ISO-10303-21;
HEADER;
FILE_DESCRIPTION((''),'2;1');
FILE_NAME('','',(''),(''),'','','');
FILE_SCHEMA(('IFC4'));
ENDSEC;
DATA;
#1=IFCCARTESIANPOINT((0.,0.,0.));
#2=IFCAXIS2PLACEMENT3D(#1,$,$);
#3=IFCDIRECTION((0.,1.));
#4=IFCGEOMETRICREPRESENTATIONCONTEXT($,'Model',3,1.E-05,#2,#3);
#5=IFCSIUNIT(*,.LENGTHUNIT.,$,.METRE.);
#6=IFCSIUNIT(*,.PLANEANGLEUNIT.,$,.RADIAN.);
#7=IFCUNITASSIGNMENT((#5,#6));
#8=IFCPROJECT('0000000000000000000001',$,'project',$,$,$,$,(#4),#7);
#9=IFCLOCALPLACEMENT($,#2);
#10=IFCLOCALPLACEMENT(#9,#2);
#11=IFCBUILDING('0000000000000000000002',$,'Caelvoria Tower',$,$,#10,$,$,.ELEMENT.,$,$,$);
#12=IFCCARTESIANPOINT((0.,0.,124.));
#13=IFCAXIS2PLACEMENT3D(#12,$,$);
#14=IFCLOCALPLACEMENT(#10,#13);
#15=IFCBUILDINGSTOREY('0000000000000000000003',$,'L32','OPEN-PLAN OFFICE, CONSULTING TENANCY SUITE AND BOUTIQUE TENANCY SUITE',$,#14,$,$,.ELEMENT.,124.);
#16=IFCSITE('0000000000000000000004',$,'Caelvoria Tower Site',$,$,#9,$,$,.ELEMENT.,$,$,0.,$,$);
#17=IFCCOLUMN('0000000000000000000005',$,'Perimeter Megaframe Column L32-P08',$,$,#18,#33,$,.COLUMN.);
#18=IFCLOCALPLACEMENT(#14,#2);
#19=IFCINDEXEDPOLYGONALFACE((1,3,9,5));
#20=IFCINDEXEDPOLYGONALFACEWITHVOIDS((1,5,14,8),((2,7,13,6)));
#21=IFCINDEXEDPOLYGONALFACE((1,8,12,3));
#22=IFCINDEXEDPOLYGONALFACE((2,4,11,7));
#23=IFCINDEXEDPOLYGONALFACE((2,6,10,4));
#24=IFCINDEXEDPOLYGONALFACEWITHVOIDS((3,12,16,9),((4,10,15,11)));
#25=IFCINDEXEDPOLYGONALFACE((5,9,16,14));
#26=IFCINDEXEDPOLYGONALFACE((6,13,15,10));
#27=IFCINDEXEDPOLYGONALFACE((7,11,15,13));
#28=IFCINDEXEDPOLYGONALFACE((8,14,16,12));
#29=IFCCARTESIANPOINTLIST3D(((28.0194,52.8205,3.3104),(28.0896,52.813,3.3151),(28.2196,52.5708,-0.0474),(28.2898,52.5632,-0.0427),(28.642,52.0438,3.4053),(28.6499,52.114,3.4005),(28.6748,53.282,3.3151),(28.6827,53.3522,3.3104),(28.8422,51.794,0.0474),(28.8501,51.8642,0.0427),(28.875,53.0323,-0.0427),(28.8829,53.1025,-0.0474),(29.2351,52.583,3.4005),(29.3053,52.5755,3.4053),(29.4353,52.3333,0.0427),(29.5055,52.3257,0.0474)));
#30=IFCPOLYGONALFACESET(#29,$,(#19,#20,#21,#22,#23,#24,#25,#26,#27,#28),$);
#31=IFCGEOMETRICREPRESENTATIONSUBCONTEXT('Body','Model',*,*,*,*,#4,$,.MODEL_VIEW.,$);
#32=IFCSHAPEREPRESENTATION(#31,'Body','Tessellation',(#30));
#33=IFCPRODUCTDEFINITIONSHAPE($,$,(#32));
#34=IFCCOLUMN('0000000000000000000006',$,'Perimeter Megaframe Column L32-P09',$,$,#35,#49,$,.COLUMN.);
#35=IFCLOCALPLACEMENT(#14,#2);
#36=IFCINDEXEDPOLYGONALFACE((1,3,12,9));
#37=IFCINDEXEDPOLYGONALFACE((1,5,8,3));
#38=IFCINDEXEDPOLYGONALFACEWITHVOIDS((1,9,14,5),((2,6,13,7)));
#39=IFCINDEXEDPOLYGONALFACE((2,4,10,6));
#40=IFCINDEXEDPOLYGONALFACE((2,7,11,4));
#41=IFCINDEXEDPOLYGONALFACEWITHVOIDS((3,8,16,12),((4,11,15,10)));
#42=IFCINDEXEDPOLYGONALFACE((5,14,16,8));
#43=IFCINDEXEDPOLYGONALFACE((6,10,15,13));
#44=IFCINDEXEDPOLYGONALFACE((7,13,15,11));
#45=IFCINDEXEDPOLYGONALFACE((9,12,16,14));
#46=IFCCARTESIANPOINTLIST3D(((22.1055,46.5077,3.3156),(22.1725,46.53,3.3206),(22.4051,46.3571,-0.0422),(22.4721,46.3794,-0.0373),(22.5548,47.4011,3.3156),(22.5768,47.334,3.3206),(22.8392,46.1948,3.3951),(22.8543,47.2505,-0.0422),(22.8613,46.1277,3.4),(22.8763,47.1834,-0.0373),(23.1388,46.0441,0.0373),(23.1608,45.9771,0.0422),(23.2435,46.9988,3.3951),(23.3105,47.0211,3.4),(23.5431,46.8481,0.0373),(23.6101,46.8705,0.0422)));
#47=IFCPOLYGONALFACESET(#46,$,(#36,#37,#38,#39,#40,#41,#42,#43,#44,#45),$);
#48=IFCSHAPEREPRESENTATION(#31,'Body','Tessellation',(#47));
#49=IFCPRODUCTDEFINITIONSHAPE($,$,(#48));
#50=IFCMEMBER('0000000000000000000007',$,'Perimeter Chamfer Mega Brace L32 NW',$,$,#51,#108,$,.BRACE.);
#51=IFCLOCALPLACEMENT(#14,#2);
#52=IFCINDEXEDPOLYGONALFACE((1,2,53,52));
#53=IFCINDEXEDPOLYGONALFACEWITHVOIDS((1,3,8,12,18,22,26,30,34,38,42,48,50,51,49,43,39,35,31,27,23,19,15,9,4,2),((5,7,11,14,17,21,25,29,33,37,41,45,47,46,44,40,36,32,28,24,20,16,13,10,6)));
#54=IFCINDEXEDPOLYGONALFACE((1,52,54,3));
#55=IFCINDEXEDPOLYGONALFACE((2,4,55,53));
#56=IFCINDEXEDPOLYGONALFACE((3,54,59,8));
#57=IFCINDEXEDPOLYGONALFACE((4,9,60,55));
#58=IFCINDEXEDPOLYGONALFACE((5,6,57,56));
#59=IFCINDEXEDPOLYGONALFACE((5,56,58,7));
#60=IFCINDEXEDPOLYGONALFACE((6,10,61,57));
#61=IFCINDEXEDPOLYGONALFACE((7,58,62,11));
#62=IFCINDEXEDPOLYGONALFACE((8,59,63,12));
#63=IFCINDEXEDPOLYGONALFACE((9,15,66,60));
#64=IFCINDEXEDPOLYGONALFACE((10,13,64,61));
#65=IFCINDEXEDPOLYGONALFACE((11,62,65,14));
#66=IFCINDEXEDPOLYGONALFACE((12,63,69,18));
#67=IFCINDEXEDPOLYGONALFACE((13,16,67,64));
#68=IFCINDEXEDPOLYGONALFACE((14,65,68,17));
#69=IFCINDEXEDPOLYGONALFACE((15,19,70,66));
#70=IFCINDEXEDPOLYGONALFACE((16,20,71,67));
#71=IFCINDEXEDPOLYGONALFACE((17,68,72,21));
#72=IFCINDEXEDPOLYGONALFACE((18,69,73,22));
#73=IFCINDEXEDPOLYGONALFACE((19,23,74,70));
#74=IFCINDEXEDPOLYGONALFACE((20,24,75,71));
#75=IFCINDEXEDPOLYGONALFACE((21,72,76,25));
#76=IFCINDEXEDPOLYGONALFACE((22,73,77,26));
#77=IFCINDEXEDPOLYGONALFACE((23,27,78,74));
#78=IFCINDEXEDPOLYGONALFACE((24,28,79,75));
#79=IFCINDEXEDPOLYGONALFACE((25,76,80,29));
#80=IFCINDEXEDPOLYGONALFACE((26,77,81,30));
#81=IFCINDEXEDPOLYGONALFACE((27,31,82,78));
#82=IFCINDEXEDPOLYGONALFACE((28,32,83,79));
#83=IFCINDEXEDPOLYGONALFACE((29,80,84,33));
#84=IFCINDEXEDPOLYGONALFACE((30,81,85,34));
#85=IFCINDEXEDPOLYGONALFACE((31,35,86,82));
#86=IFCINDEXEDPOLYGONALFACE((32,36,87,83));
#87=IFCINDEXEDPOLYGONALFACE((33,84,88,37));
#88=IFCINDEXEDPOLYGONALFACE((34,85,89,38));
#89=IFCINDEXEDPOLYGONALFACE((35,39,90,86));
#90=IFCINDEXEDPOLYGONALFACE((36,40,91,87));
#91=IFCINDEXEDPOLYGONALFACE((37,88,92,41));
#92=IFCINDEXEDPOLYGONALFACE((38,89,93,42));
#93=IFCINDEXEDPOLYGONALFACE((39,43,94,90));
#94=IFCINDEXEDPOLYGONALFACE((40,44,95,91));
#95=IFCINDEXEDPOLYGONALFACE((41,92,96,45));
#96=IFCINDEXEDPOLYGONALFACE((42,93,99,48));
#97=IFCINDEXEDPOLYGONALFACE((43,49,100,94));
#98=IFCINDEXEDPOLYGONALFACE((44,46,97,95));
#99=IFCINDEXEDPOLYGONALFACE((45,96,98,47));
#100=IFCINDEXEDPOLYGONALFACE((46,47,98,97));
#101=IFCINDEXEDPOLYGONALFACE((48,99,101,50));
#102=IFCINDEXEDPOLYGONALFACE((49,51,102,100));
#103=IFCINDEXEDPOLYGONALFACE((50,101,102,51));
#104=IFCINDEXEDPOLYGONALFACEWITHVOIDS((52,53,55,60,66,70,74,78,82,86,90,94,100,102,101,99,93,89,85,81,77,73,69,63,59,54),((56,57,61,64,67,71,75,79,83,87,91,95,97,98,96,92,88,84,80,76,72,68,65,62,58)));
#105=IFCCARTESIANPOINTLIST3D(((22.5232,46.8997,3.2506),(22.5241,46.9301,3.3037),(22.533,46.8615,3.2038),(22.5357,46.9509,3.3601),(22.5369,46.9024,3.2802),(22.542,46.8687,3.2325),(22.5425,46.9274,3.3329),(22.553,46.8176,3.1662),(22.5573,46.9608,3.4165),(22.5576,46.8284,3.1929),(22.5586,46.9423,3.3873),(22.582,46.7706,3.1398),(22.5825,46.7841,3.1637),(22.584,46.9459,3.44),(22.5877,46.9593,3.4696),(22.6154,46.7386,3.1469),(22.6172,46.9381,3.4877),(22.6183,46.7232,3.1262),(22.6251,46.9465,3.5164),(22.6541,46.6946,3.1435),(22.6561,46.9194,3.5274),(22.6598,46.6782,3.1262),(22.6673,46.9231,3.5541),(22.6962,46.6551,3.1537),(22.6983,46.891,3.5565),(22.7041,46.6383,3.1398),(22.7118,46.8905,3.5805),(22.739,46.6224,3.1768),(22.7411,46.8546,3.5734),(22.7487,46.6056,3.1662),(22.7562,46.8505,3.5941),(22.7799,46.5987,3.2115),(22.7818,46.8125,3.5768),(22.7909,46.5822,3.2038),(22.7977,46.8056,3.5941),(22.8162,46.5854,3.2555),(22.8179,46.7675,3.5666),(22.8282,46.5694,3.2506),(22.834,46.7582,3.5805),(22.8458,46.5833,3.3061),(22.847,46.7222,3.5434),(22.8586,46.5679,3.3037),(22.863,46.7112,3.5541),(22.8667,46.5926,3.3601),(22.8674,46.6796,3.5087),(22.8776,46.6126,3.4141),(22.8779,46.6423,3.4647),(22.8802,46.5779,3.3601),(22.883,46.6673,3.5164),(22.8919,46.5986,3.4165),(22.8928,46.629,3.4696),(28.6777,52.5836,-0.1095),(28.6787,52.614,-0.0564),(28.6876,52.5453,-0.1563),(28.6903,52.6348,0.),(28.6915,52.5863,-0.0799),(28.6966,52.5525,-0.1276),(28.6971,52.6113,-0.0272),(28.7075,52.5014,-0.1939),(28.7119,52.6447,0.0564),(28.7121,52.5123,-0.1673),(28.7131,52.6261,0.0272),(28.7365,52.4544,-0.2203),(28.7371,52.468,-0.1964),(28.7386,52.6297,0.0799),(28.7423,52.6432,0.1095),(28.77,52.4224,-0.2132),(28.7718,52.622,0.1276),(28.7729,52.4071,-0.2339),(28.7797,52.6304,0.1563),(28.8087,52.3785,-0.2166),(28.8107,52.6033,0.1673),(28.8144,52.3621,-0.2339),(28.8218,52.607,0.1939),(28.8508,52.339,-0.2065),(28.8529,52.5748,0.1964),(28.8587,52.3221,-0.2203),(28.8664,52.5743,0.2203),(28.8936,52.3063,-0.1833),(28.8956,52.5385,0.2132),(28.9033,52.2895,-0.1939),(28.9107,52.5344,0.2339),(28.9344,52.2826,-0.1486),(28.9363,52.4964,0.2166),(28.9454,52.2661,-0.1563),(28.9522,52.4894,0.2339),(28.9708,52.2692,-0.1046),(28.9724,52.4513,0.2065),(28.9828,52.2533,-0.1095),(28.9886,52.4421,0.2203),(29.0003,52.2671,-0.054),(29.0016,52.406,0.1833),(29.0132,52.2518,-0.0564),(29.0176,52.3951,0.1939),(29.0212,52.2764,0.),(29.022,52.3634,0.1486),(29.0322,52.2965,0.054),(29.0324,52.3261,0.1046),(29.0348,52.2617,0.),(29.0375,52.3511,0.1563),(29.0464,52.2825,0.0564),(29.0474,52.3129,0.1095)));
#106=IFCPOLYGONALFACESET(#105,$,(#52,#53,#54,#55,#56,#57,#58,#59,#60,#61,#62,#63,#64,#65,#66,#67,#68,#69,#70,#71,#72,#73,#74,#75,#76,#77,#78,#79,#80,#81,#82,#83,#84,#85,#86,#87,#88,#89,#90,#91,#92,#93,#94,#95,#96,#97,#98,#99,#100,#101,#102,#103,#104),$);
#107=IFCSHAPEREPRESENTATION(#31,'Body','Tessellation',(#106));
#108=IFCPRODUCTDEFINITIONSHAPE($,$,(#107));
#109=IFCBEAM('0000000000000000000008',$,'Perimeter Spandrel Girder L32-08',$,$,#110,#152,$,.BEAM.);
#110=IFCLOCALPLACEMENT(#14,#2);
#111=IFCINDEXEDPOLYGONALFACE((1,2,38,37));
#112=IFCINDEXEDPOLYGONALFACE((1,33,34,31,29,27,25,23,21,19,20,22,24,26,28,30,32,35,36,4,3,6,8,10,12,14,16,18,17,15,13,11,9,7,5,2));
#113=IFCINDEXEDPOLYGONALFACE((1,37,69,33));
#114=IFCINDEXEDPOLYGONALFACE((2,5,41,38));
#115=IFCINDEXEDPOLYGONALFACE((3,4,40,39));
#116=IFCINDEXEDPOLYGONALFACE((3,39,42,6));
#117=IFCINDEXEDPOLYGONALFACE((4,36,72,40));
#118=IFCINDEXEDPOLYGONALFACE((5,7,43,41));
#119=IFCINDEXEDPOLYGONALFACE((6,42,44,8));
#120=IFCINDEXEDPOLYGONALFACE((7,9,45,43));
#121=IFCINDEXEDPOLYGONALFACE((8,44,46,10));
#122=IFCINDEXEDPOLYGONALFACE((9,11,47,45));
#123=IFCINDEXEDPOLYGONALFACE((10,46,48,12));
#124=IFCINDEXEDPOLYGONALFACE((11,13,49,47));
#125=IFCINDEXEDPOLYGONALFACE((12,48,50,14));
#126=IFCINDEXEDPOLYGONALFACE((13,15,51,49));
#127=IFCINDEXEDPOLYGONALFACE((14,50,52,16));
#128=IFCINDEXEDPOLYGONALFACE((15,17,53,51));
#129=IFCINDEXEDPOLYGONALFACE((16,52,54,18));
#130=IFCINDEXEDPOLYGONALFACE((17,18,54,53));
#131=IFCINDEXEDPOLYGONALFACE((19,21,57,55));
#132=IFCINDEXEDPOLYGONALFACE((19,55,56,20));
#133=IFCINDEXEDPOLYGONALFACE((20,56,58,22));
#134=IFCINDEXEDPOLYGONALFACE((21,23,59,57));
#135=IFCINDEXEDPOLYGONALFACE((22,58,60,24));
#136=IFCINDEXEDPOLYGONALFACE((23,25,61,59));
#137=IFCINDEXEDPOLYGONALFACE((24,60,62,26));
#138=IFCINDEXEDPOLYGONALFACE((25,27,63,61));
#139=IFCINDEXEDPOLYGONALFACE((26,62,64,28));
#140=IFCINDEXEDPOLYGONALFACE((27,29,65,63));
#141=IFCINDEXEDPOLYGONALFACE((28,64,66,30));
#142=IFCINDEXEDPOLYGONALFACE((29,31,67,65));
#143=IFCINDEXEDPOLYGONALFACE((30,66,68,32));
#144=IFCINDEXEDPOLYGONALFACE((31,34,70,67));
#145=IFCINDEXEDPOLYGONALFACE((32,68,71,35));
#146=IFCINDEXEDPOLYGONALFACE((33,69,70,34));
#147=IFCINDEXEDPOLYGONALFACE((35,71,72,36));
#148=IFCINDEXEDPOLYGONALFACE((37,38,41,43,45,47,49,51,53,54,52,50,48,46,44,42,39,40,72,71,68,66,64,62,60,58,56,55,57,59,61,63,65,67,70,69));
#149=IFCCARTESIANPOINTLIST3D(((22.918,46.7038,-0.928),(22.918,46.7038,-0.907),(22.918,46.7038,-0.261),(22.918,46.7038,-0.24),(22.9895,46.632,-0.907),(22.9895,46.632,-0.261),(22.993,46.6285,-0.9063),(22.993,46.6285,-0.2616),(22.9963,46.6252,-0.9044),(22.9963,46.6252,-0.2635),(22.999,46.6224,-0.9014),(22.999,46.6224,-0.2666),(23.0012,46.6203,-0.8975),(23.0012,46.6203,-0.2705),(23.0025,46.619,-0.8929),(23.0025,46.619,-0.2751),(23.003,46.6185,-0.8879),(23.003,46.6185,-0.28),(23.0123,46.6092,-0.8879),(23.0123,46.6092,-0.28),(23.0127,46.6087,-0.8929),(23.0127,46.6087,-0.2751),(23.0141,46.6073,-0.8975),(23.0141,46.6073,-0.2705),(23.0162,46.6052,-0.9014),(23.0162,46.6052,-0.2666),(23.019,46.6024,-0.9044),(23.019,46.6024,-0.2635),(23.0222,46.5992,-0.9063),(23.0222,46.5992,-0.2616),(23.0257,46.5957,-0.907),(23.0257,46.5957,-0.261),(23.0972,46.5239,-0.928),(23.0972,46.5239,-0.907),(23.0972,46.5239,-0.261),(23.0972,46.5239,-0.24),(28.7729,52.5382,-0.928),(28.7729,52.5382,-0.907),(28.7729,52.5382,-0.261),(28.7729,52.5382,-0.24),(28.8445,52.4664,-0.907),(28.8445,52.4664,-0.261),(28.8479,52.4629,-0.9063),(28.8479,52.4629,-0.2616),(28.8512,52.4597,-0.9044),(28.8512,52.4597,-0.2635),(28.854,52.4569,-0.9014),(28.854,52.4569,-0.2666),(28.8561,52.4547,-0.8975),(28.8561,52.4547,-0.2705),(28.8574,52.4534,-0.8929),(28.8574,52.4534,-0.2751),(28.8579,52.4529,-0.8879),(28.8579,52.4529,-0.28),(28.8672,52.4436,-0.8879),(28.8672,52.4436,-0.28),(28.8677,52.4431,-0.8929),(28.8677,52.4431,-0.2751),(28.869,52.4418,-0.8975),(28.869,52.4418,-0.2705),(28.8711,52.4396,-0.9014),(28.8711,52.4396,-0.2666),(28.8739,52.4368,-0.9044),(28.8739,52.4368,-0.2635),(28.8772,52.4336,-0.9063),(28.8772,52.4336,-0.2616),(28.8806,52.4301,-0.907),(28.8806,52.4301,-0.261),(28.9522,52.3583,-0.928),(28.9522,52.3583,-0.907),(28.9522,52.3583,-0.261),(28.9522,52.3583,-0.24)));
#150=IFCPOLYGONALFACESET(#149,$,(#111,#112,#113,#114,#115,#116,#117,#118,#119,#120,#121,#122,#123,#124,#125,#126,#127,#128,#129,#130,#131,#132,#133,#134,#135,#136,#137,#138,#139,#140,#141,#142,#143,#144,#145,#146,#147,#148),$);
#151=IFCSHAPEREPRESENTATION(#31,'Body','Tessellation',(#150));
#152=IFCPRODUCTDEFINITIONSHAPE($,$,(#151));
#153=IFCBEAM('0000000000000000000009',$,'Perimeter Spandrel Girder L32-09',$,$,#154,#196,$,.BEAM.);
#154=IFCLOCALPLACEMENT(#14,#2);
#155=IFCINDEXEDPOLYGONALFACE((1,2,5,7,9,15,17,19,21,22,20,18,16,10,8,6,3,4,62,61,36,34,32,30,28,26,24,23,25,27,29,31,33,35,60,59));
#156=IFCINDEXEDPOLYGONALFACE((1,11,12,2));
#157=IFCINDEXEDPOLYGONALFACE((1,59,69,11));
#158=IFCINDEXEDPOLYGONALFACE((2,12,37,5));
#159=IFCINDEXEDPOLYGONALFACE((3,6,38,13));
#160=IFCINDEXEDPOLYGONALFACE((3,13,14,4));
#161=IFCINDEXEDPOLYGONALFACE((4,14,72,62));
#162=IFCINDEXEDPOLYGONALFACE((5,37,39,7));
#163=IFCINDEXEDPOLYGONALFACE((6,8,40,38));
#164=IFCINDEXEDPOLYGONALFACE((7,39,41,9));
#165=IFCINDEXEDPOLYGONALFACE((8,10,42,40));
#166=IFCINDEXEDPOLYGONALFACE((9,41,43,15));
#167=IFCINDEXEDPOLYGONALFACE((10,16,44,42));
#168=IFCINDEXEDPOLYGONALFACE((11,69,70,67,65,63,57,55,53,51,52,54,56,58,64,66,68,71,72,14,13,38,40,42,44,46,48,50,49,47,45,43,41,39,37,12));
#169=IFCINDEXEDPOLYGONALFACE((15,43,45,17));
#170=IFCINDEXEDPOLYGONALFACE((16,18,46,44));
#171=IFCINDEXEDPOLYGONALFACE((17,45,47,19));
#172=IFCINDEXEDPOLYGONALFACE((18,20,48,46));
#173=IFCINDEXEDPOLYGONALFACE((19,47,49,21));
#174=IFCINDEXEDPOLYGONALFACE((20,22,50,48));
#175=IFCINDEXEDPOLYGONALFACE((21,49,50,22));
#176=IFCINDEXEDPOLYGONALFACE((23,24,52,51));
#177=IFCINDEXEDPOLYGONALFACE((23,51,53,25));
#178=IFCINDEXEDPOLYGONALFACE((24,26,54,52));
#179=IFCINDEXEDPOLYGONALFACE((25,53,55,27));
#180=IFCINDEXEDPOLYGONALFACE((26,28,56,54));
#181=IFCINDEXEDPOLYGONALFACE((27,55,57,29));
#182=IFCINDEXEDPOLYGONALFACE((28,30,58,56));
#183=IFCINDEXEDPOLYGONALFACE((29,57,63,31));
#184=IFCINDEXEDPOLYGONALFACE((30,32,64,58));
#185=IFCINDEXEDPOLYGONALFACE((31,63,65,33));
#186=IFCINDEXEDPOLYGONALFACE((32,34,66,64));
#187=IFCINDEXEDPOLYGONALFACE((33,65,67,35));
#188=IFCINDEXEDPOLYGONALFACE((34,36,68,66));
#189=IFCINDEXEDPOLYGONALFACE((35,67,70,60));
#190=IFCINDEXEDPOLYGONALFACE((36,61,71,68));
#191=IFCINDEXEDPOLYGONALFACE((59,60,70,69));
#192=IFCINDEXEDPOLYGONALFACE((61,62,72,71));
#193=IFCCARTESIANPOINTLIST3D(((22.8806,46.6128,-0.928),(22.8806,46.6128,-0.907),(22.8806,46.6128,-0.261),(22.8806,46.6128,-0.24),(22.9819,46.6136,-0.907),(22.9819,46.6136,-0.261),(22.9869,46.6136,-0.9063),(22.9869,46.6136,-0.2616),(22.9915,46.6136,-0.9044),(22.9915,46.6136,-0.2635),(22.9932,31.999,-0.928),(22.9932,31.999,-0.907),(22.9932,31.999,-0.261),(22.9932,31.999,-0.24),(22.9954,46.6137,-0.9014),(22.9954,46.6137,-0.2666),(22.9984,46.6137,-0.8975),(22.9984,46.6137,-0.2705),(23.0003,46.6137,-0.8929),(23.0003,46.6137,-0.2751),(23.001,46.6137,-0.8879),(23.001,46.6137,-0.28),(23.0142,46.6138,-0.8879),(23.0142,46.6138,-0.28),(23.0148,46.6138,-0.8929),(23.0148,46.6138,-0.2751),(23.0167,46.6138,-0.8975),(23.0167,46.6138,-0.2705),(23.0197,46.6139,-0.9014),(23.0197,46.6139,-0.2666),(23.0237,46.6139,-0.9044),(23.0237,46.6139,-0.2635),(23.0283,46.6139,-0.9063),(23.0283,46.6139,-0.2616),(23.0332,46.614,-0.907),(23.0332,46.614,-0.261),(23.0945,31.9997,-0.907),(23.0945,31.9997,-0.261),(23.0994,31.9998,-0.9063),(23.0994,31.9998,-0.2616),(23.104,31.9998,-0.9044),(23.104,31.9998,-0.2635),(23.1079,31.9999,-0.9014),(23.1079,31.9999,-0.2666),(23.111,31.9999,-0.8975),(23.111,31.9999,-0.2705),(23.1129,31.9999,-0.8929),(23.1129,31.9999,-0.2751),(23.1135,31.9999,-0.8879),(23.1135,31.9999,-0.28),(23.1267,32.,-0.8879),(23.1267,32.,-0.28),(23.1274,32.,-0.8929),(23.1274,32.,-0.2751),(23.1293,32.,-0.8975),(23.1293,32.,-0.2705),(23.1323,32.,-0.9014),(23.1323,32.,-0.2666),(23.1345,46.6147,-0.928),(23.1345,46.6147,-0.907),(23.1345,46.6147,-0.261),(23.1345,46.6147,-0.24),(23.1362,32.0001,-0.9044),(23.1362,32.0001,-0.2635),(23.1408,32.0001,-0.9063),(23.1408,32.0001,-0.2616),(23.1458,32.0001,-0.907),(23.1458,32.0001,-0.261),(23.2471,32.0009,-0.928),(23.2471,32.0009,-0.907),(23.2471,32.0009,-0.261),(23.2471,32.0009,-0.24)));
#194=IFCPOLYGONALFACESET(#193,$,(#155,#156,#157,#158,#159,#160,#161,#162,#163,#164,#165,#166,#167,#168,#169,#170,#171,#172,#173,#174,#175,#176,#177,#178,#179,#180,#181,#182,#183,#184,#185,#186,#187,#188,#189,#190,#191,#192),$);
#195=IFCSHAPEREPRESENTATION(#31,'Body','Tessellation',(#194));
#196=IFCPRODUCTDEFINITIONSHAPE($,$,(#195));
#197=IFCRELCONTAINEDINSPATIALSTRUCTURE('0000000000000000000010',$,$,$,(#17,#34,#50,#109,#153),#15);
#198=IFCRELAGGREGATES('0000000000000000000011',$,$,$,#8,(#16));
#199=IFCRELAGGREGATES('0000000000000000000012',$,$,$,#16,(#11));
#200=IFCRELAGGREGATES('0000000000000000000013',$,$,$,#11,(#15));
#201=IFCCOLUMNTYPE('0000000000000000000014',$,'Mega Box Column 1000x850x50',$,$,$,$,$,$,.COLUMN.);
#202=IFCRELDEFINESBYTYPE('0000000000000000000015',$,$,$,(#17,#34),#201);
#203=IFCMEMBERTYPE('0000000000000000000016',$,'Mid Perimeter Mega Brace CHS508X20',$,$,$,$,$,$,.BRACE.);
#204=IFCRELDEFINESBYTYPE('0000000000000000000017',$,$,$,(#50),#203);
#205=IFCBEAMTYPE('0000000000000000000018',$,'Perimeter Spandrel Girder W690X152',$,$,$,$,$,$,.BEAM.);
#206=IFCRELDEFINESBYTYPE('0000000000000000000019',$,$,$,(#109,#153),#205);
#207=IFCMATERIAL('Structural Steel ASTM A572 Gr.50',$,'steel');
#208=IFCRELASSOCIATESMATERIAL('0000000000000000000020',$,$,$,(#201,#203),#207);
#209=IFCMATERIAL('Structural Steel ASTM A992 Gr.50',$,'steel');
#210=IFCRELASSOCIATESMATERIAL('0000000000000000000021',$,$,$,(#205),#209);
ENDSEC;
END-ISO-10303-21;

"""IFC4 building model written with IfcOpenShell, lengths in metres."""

from ifc_helpers import new_model, si_unit, direction, frame, origin, origin_2d, place, context, subcontext, project, spatial, hollow_rectangle, hollow_circle, i_section, extrude, material, material_profile, profile_set, type_object, element, save


model = new_model("IFC4")

# Units and contexts
model_context = context("Model", 3, precision=1e-05, world=origin(), true_north=direction((0.0, 1.0)))
body_context = subcontext(model_context, "Body", "Model", "MODEL_VIEW")
ifc_project = project(units=[si_unit("LENGTHUNIT", "METRE"), si_unit("PLANEANGLEUNIT", "RADIAN")], contexts=[model_context])

# Site, building, storey
site_placement = place(None, origin())
site = spatial("IfcSite", under=ifc_project, at=site_placement, Name="Caelvoria Tower Site", CompositionType="ELEMENT", RefElevation=0.0)
building_placement = place(site_placement, origin())
building = spatial("IfcBuilding", under=site, at=building_placement, Name="Caelvoria Tower", CompositionType="ELEMENT")
storey_placement = place(building_placement, frame((0.0, 0.0, 124.0)))
storey = spatial("IfcBuildingStorey", under=building, at=storey_placement, Name="L32", Description="OPEN-PLAN OFFICE, CONSULTING TENANCY SUITE AND BOUTIQUE TENANCY SUITE", CompositionType="ELEMENT", Elevation=124.0)

# Columns
ifc_material_1 = material(Name="Structural Steel ASTM A572 Gr.50", Category="steel")
ifc_material_profile_1 = material_profile(ifc_material_1, hollow_rectangle(XDim=0.8501, YDim=1.0, WallThickness=0.05, at=origin_2d()), Name="Structural Steel ASTM A572 Gr.50")
ifc_profile_set_1 = profile_set([ifc_material_profile_1], Name="BOX1000X850X50 - Structural Steel ASTM A572 Gr.50")
column_type = type_object("IfcColumnType", Name="Mega Box Column 1000x850x50", PredefinedType="COLUMN", material=ifc_profile_set_1)
column_1_placement = place(storey_placement, frame((28.8625, 52.4482, 0.0), z_axis=(-0.05935, 0.074043, 0.995487), x_axis=(-0.780273, -0.625439, 0.0)))
element("IfcColumn", 1, at=column_1_placement, inside=storey, type_object=column_type, Name="Perimeter Megaframe Column L32-P08", PredefinedType="COLUMN", context=body_context, shape_type="SweptSolid", body=[
    extrude(hollow_rectangle(XDim=0.8501, YDim=1.0, WallThickness=0.05, at=origin_2d()), origin(), (0.0, 0.0, 1.0), 3.373),
])
column_2_placement = place(storey_placement, frame((23.0076, 46.6138, 0.0), z_axis=(-0.088769, 0.044638, 0.995052), x_axis=(0.888985, -0.447028, 0.09936)))
element("IfcColumn", 2, at=column_2_placement, inside=storey, type_object=column_type, Name="Perimeter Megaframe Column L32-P09", PredefinedType="COLUMN", context=body_context, shape_type="SweptSolid", body=[
    extrude(hollow_rectangle(XDim=0.8501, YDim=1.0, WallThickness=0.05, at=origin_2d()), origin(), (0.0, 0.0, 1.0), 3.3745),
])

# Member
ifc_material_profile_2 = material_profile(ifc_material_1, hollow_circle(Radius=0.2539, WallThickness=0.02, at=origin_2d()), Name="Structural Steel ASTM A572 Gr.50")
ifc_profile_set_2 = profile_set([ifc_material_profile_2], Name="CHS508X20 - Structural Steel ASTM A572 Gr.50")
member_type = type_object("IfcMemberType", Name="Mid Perimeter Mega Brace CHS508X20", PredefinedType="BRACE", material=ifc_profile_set_2)
member_placement = place(storey_placement, frame((28.8625, 52.4482, 0.0), z_axis=(-0.681843, -0.629695, 0.372256), x_axis=(0.678456, -0.734641, 0.0)))
element("IfcMember", 3, at=member_placement, inside=storey, type_object=member_type, Name="Perimeter Chamfer Mega Brace L32 NW", PredefinedType="BRACE", context=body_context, shape_type="SweptSolid", body=[
    extrude(hollow_circle(Radius=0.2539, WallThickness=0.02, at=origin_2d()), origin(), (0.0, 0.0, 1.0), 9.0264),
])

# Beams
ifc_material_2 = material(Name="Structural Steel ASTM A992 Gr.50", Category="steel")
ifc_material_profile_3 = material_profile(ifc_material_2, i_section(OverallWidth=0.2539, OverallDepth=0.688, WebThickness=0.0132, FlangeThickness=0.021, FilletRadius=0.019, at=origin_2d()), Name="Structural Steel ASTM A992 Gr.50")
ifc_profile_set_3 = profile_set([ifc_material_profile_3], Name="W690X152 - Structural Steel ASTM A992 Gr.50")
beam_type_1 = type_object("IfcBeamType", Name="Perimeter Spandrel Girder W690X152", PredefinedType="BEAM", material=ifc_profile_set_3)
beam_1_placement = place(storey_placement, frame((28.8625, 52.4482, -0.584), z_axis=(-0.708346, -0.705865, 0.0), x_axis=(0.705865, -0.708346, 0.0)))
element("IfcBeam", 4, at=beam_1_placement, inside=storey, type_object=beam_type_1, Name="Perimeter Spandrel Girder L32-08", PredefinedType="BEAM", context=body_context, shape_type="SweptSolid", body=[
    extrude(i_section(OverallWidth=0.2539, OverallDepth=0.688, WebThickness=0.0132, FlangeThickness=0.021, FilletRadius=0.019, at=origin_2d()), origin(), (0.0, 0.0, 1.0), 8.2656),
])
beam_2_placement = place(storey_placement, frame((23.0076, 46.6138, -0.584), z_axis=(0.007701, -0.99997, 0.0), x_axis=(0.99997, 0.007701, 0.0)))
element("IfcBeam", 5, at=beam_2_placement, inside=storey, type_object=beam_type_1, Name="Perimeter Spandrel Girder L32-09", PredefinedType="BEAM", context=body_context, shape_type="SweptSolid", body=[
    extrude(i_section(OverallWidth=0.2539, OverallDepth=0.688, WebThickness=0.0132, FlangeThickness=0.021, FilletRadius=0.019, at=origin_2d()), origin(), (0.0, 0.0, 1.0), 14.6143),
])

save(model, "model.ifc")
